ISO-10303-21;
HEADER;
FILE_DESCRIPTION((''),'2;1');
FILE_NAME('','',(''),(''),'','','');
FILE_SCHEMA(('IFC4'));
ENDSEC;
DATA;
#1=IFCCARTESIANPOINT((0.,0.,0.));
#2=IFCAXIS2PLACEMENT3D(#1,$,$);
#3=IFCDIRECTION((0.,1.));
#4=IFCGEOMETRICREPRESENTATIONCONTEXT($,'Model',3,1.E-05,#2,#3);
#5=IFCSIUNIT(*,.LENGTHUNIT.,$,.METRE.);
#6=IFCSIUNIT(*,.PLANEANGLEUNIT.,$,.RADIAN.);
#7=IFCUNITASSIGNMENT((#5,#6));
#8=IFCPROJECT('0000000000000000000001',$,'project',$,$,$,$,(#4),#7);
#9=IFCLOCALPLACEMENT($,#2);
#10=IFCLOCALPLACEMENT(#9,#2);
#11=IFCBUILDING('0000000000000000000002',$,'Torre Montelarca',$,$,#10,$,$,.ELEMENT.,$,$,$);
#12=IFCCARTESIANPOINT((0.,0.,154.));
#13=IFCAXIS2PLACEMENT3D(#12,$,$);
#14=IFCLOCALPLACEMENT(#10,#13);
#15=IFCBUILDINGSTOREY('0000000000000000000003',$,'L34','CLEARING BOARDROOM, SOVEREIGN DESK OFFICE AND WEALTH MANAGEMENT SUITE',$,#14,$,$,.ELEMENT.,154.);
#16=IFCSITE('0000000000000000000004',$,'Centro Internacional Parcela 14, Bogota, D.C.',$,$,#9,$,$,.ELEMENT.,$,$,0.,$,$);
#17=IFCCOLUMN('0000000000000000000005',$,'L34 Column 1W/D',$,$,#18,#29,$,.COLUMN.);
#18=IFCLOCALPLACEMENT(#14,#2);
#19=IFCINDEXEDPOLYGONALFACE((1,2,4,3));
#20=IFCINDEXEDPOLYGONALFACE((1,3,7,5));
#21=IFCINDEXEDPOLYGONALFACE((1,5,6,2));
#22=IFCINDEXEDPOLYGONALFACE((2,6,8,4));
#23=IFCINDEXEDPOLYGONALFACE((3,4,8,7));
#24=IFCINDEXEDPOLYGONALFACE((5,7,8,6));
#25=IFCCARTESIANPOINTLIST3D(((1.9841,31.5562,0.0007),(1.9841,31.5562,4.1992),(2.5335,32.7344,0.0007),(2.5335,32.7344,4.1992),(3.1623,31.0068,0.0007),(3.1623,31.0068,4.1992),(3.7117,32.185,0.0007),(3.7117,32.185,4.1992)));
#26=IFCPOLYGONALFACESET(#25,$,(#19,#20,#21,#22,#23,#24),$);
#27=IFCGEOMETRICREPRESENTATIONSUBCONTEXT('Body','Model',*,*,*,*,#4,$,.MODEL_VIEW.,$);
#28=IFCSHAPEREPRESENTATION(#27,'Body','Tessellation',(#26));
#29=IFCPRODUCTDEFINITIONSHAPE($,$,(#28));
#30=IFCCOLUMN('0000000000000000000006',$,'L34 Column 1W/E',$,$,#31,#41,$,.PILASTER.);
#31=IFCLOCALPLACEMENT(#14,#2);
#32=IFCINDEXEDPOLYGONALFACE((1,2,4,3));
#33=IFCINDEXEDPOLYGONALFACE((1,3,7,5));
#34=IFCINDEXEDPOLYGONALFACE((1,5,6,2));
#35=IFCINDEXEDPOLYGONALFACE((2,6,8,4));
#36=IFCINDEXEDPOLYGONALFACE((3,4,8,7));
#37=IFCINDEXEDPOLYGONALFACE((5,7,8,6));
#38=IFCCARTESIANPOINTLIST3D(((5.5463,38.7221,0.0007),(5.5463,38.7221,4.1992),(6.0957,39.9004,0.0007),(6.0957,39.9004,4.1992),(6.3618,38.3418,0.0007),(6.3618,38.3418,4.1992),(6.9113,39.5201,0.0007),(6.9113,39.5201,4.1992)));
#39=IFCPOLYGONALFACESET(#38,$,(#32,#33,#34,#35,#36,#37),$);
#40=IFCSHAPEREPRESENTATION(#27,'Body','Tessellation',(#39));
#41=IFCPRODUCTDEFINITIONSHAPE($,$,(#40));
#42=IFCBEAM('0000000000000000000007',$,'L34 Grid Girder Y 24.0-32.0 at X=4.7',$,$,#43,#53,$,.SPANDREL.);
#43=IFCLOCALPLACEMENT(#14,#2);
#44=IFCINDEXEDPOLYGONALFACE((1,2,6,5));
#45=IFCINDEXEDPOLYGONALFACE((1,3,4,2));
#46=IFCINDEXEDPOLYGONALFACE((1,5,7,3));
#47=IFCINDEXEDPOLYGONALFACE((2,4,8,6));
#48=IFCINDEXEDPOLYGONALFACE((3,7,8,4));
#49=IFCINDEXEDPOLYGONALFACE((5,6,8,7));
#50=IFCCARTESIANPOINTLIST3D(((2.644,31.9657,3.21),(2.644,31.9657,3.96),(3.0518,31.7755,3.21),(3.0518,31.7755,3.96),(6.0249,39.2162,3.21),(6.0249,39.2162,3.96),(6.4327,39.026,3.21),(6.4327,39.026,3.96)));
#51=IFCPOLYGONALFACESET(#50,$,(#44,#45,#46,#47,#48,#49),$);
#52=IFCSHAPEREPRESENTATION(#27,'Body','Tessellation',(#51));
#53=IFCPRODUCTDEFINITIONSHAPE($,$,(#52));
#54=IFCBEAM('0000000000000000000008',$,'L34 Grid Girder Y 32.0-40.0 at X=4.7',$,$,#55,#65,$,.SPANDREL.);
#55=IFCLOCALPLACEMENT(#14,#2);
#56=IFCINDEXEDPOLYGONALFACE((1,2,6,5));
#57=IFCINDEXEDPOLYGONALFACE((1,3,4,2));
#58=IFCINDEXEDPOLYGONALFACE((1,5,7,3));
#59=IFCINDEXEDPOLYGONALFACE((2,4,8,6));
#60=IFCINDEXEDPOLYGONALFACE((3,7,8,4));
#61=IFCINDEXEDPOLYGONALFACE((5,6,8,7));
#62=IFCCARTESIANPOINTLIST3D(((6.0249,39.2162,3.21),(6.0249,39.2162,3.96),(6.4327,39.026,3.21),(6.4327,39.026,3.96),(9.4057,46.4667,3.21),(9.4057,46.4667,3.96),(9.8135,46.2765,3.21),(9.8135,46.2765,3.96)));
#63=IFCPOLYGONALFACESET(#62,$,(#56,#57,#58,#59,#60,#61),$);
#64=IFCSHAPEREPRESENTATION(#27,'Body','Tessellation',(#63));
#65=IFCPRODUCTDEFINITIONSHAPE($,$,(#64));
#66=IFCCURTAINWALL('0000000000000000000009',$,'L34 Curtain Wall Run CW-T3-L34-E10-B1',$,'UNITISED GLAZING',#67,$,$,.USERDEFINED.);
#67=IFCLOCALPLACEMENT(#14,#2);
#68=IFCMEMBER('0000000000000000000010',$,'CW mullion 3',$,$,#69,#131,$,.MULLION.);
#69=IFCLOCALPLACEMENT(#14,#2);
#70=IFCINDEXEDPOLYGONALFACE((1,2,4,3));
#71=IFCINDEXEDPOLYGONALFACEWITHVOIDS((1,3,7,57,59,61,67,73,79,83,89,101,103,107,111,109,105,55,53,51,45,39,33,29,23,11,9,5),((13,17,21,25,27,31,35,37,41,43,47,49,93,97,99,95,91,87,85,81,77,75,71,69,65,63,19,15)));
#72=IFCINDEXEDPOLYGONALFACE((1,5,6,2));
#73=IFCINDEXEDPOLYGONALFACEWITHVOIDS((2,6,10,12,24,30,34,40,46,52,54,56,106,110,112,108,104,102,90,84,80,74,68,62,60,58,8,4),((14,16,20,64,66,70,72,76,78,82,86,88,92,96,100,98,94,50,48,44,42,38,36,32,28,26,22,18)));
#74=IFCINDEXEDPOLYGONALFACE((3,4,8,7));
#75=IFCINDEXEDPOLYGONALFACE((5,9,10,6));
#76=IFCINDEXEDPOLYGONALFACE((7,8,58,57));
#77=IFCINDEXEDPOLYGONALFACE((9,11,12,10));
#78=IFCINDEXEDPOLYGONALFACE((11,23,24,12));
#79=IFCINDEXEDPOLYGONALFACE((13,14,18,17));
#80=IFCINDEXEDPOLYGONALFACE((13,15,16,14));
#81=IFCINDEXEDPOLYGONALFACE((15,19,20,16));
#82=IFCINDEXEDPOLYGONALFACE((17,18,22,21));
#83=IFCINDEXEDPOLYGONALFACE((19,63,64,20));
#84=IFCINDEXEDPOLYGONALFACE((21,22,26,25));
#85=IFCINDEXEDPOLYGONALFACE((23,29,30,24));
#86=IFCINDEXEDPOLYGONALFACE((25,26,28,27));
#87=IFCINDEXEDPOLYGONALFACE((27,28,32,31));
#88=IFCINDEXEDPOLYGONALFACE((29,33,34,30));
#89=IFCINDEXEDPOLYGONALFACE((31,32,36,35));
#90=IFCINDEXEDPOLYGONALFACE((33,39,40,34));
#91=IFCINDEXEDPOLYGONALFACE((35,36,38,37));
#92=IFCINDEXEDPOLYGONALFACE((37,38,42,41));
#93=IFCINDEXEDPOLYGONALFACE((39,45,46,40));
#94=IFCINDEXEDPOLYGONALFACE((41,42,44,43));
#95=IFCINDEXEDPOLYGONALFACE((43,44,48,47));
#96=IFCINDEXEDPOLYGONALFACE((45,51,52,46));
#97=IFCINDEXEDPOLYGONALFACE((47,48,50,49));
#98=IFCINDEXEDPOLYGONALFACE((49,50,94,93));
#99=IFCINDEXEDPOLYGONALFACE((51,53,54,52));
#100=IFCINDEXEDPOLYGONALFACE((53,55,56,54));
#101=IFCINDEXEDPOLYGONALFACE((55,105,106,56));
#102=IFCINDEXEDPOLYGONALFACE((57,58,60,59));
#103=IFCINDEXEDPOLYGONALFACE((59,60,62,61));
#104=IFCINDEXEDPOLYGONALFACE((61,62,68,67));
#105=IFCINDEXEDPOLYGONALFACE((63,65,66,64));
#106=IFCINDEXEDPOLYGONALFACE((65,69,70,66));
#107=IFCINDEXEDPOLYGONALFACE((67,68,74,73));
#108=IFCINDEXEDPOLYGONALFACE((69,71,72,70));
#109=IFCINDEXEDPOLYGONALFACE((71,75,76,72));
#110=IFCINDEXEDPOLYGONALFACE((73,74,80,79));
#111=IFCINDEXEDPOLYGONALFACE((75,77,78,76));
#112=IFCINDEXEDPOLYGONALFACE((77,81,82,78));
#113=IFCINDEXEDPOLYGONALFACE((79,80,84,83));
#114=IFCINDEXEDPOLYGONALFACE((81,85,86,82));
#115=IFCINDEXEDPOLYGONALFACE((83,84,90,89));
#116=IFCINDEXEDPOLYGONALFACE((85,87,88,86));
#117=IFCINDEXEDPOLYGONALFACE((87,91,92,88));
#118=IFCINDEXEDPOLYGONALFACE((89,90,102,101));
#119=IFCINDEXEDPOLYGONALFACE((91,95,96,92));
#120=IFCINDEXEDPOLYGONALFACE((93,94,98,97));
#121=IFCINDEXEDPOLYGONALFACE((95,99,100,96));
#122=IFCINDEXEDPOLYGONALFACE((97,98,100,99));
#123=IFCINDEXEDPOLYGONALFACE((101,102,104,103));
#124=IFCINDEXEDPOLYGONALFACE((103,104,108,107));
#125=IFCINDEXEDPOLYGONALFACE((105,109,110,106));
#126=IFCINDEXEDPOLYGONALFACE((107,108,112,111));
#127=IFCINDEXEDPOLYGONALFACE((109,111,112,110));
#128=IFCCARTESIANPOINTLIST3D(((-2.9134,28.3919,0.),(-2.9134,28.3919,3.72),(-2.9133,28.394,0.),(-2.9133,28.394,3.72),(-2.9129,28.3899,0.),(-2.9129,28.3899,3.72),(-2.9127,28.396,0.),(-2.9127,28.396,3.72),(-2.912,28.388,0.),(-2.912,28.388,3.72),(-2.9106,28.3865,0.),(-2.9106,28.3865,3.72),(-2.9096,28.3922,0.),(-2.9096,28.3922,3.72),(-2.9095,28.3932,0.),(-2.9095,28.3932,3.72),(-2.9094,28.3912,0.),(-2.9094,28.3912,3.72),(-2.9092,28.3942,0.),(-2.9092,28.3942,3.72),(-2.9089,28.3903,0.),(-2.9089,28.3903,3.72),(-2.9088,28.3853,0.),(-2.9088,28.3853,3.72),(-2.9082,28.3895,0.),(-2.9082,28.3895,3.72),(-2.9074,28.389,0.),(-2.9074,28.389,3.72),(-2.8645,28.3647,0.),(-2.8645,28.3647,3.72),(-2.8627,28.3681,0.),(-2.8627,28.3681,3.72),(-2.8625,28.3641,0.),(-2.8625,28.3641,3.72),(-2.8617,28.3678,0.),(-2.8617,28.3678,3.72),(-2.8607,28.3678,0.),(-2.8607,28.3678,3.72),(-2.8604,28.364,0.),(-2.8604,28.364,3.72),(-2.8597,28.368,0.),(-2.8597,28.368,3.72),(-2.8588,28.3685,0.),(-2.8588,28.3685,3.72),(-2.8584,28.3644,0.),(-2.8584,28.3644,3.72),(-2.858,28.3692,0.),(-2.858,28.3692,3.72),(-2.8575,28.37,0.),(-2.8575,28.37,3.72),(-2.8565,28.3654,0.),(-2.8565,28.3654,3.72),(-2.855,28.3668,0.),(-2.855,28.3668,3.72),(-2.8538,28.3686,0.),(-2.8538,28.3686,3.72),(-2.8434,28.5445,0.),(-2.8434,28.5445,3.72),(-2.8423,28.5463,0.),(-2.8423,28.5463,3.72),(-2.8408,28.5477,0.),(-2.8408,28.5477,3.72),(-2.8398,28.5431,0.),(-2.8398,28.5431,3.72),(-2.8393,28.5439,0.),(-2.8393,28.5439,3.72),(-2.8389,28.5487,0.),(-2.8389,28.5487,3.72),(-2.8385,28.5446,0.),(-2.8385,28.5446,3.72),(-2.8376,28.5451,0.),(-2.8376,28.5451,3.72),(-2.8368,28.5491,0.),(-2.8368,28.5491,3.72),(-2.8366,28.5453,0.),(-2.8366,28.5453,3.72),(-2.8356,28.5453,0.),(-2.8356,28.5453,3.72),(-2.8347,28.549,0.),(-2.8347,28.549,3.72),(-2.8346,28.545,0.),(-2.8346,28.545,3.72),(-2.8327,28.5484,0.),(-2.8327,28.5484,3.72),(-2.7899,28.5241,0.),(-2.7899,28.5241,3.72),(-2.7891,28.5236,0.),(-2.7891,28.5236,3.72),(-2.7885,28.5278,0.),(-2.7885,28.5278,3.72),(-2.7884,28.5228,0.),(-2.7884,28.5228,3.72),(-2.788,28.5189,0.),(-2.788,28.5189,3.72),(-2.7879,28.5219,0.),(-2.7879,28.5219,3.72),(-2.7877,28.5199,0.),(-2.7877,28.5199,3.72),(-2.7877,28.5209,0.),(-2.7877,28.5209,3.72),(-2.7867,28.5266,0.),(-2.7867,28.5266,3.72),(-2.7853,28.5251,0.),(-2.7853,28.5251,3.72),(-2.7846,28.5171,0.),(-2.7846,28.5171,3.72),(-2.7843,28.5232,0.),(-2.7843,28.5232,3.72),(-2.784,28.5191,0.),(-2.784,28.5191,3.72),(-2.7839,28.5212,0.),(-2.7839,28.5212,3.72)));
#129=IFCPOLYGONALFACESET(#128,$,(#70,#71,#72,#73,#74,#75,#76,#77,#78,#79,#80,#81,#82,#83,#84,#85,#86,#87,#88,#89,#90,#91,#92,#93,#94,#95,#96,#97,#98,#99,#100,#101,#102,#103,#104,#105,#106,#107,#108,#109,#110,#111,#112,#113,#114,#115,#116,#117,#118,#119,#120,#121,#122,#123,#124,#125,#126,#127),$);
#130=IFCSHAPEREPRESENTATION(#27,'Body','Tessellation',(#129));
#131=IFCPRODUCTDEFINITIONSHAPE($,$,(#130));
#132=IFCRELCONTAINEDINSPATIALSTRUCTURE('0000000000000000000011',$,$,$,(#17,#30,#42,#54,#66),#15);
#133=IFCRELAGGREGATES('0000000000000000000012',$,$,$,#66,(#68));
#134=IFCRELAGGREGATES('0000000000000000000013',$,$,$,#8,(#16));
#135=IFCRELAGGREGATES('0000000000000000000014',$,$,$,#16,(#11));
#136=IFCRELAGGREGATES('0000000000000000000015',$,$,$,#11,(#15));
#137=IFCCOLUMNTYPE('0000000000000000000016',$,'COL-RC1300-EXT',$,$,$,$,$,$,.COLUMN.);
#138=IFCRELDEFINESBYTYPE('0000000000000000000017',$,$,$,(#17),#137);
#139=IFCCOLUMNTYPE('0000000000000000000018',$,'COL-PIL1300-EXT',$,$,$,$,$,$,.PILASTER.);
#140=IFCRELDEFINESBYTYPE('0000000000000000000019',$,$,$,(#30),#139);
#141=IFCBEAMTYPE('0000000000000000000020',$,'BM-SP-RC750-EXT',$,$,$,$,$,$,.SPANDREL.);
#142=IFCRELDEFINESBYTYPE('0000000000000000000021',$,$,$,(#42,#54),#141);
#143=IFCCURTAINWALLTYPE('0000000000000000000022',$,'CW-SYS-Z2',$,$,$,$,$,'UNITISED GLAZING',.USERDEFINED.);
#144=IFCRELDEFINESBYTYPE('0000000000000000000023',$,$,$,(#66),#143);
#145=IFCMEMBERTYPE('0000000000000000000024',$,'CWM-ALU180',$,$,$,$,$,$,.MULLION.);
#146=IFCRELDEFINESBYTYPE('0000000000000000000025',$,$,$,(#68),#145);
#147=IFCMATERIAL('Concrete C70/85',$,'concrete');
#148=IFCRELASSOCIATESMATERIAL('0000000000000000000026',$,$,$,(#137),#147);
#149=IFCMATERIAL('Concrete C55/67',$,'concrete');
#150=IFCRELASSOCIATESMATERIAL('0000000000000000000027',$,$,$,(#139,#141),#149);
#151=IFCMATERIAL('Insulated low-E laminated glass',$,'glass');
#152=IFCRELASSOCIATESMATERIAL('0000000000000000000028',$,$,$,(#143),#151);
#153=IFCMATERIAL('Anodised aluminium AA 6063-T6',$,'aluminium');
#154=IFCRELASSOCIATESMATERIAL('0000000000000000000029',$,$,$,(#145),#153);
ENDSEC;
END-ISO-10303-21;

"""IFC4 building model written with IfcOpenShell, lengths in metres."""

from ifc_helpers import new_model, si_unit, direction, frame, origin, origin_2d, place, context, subcontext, project, spatial, rectangle, hollow_rectangle, extrude, source, transform, mapped, material, material_profile, profile_set, type_object, element, aggregate, save


model = new_model("IFC4")

# Units and contexts
model_context = context("Model", 3, precision=1e-05, world=origin(), true_north=direction((0.0, 1.0)))
body_context = subcontext(model_context, "Body", "Model", "MODEL_VIEW")
ifc_project = project(units=[si_unit("LENGTHUNIT", "METRE"), si_unit("PLANEANGLEUNIT", "RADIAN")], contexts=[model_context])

# Site, building, storey
site_placement = place(None, origin())
site = spatial("IfcSite", under=ifc_project, at=site_placement, Name="Centro Internacional Parcela 14, Bogota, D.C.", CompositionType="ELEMENT", RefElevation=0.0)
building_placement = place(site_placement, origin())
building = spatial("IfcBuilding", under=site, at=building_placement, Name="Torre Montelarca", CompositionType="ELEMENT")
storey_placement = place(building_placement, frame((0.0, 0.0, 154.0)))
storey = spatial("IfcBuildingStorey", under=building, at=storey_placement, Name="L34", Description="CLEARING BOARDROOM, SOVEREIGN DESK OFFICE AND WEALTH MANAGEMENT SUITE", CompositionType="ELEMENT", Elevation=154.0)

# Columns
ifc_material_1 = material(Name="Concrete C70/85", Category="concrete")
ifc_material_profile_1 = material_profile(ifc_material_1, rectangle(XDim=1.3, YDim=1.3, at=origin_2d()), Name="RC1300X1300", Category="concrete")
ifc_profile_set_1 = profile_set([ifc_material_profile_1], Name="Concrete C70/85")
column_type_1 = type_object("IfcColumnType", Name="COL-RC1300-EXT", PredefinedType="COLUMN", material=ifc_profile_set_1)
shared_shape_1 = source(origin(), body_context, "Body", "SweptSolid", [
    extrude(rectangle(XDim=1.3, YDim=1.3, at=origin_2d()), origin(), (0.0, 0.0, 1.0), 4.1985),
])
column_1_placement = place(storey_placement, frame((2.8479, 31.8706, 0.0007), z_axis=(0.0, 0.0, 1.0), x_axis=(-0.906308, 0.422618, 0.0)))
element("IfcColumn", 1, at=column_1_placement, inside=storey, type_object=column_type_1, Name="L34 Column 1W/D", PredefinedType="COLUMN", context=body_context, shape_type="MappedRepresentation", body=[
    mapped(shared_shape_1, transform((0.0, 0.0, 0.0), scale=1.0)),
])
ifc_material_2 = material(Name="Concrete C55/67", Category="concrete")
ifc_material_profile_2 = material_profile(ifc_material_2, rectangle(XDim=0.8999, YDim=1.3, at=origin_2d()), Name="RC1300X900", Category="concrete")
ifc_profile_set_2 = profile_set([ifc_material_profile_2], Name="Concrete C55/67")
column_type_2 = type_object("IfcColumnType", Name="COL-PIL1300-EXT", PredefinedType="PILASTER", material=ifc_profile_set_2)
shared_shape_2 = source(origin(), body_context, "Body", "SweptSolid", [
    extrude(rectangle(XDim=0.8999, YDim=1.3, at=origin_2d()), origin(), (0.0, 0.0, 1.0), 4.1985),
])
column_2_placement = place(storey_placement, frame((6.2288, 39.1211, 0.0007), z_axis=(0.0, 0.0, 1.0), x_axis=(-0.906308, 0.422618, 0.0)))
element("IfcColumn", 2, at=column_2_placement, inside=storey, type_object=column_type_2, Name="L34 Column 1W/E", PredefinedType="PILASTER", context=body_context, shape_type="MappedRepresentation", body=[
    mapped(shared_shape_2, transform((0.0, 0.0, 0.0), scale=1.0)),
])

# Beams
ifc_material_profile_3 = material_profile(ifc_material_2, rectangle(XDim=0.45, YDim=0.75, at=origin_2d()), Name="RCB450X750", Category="concrete")
ifc_profile_set_3 = profile_set([ifc_material_profile_3], Name="Concrete C55/67")
beam_type = type_object("IfcBeamType", Name="BM-SP-RC750-EXT", PredefinedType="SPANDREL", material=ifc_profile_set_3)
shared_shape_3 = source(origin(), body_context, "Body", "SweptSolid", [
    extrude(rectangle(XDim=0.45, YDim=0.75, at=origin_2d()), origin(), (0.0, 0.0, 1.0), 8.0),
])
for number, where, z_axis, x_axis, name in (
    (3, (2.8479, 31.8706, 3.585), (0.422608, 0.906313, 0.0), (-0.906313, 0.422608, 0.0), "L34 Grid Girder Y 24.0-32.0 at X=4.7"),
    (4, (6.2288, 39.1211, 3.585), (0.422608, 0.906313, 0.0), (-0.906313, 0.422608, 0.0), "L34 Grid Girder Y 32.0-40.0 at X=4.7"),
):
    element("IfcBeam", number, at=place(storey_placement, frame(where, z_axis=z_axis, x_axis=x_axis)), inside=storey, type_object=beam_type, Name=name, PredefinedType="SPANDREL", context=body_context, shape_type="MappedRepresentation", body=[
        mapped(shared_shape_3, transform((0.0, 0.0, 0.0), scale=1.0)),
    ])

# Curtain wall, member
ifc_material_3 = material(Name="Insulated low-E laminated glass", Category="glass")
curtain_wall_type = type_object("IfcCurtainWallType", Name="CW-SYS-Z2", ElementType="UNITISED GLAZING", PredefinedType="USERDEFINED", material=ifc_material_3)
curtain_wall_1_placement = place(storey_placement, origin())
curtain_wall_1 = element("IfcCurtainWall", 5, at=curtain_wall_1_placement, inside=storey, type_object=curtain_wall_type, Name="L34 Curtain Wall Run CW-T3-L34-E10-B1", ObjectType="UNITISED GLAZING", PredefinedType="USERDEFINED")
ifc_material_4 = material(Name="Anodised aluminium AA 6063-T6", Category="aluminium")
ifc_material_profile_4 = material_profile(ifc_material_4, hollow_rectangle(XDim=0.0649, YDim=0.1799, WallThickness=0.0039, InnerFilletRadius=0.0039, OuterFilletRadius=0.0081, at=origin_2d()), Name="ALU65X180X4", Category="aluminium")
ifc_profile_set_4 = profile_set([ifc_material_profile_4], Name="Anodised aluminium AA 6063-T6")
member_type = type_object("IfcMemberType", Name="CWM-ALU180", PredefinedType="MULLION", material=ifc_profile_set_4)
shared_shape_4 = source(origin(), body_context, "Body", "SweptSolid", [
    extrude(hollow_rectangle(XDim=0.0649, YDim=0.1799, WallThickness=0.0039, InnerFilletRadius=0.0039, OuterFilletRadius=0.0081, at=origin_2d()), origin(), (0.0, 0.0, 1.0), 3.72),
])
member_1_placement = place(storey_placement, frame((-2.8486, 28.4565, 0.0), z_axis=(0.0, 0.0, 1.0), x_axis=(0.90631, -0.422614, 0.0)))
member_1 = element("IfcMember", 6, at=member_1_placement, type_object=member_type, Name="CW mullion 3", PredefinedType="MULLION", context=body_context, shape_type="MappedRepresentation", body=[
    mapped(shared_shape_4, transform((0.0, 0.0, 0.0), scale=1.0)),
])

aggregate(curtain_wall_1, [member_1])

save(model, "model.ifc")
